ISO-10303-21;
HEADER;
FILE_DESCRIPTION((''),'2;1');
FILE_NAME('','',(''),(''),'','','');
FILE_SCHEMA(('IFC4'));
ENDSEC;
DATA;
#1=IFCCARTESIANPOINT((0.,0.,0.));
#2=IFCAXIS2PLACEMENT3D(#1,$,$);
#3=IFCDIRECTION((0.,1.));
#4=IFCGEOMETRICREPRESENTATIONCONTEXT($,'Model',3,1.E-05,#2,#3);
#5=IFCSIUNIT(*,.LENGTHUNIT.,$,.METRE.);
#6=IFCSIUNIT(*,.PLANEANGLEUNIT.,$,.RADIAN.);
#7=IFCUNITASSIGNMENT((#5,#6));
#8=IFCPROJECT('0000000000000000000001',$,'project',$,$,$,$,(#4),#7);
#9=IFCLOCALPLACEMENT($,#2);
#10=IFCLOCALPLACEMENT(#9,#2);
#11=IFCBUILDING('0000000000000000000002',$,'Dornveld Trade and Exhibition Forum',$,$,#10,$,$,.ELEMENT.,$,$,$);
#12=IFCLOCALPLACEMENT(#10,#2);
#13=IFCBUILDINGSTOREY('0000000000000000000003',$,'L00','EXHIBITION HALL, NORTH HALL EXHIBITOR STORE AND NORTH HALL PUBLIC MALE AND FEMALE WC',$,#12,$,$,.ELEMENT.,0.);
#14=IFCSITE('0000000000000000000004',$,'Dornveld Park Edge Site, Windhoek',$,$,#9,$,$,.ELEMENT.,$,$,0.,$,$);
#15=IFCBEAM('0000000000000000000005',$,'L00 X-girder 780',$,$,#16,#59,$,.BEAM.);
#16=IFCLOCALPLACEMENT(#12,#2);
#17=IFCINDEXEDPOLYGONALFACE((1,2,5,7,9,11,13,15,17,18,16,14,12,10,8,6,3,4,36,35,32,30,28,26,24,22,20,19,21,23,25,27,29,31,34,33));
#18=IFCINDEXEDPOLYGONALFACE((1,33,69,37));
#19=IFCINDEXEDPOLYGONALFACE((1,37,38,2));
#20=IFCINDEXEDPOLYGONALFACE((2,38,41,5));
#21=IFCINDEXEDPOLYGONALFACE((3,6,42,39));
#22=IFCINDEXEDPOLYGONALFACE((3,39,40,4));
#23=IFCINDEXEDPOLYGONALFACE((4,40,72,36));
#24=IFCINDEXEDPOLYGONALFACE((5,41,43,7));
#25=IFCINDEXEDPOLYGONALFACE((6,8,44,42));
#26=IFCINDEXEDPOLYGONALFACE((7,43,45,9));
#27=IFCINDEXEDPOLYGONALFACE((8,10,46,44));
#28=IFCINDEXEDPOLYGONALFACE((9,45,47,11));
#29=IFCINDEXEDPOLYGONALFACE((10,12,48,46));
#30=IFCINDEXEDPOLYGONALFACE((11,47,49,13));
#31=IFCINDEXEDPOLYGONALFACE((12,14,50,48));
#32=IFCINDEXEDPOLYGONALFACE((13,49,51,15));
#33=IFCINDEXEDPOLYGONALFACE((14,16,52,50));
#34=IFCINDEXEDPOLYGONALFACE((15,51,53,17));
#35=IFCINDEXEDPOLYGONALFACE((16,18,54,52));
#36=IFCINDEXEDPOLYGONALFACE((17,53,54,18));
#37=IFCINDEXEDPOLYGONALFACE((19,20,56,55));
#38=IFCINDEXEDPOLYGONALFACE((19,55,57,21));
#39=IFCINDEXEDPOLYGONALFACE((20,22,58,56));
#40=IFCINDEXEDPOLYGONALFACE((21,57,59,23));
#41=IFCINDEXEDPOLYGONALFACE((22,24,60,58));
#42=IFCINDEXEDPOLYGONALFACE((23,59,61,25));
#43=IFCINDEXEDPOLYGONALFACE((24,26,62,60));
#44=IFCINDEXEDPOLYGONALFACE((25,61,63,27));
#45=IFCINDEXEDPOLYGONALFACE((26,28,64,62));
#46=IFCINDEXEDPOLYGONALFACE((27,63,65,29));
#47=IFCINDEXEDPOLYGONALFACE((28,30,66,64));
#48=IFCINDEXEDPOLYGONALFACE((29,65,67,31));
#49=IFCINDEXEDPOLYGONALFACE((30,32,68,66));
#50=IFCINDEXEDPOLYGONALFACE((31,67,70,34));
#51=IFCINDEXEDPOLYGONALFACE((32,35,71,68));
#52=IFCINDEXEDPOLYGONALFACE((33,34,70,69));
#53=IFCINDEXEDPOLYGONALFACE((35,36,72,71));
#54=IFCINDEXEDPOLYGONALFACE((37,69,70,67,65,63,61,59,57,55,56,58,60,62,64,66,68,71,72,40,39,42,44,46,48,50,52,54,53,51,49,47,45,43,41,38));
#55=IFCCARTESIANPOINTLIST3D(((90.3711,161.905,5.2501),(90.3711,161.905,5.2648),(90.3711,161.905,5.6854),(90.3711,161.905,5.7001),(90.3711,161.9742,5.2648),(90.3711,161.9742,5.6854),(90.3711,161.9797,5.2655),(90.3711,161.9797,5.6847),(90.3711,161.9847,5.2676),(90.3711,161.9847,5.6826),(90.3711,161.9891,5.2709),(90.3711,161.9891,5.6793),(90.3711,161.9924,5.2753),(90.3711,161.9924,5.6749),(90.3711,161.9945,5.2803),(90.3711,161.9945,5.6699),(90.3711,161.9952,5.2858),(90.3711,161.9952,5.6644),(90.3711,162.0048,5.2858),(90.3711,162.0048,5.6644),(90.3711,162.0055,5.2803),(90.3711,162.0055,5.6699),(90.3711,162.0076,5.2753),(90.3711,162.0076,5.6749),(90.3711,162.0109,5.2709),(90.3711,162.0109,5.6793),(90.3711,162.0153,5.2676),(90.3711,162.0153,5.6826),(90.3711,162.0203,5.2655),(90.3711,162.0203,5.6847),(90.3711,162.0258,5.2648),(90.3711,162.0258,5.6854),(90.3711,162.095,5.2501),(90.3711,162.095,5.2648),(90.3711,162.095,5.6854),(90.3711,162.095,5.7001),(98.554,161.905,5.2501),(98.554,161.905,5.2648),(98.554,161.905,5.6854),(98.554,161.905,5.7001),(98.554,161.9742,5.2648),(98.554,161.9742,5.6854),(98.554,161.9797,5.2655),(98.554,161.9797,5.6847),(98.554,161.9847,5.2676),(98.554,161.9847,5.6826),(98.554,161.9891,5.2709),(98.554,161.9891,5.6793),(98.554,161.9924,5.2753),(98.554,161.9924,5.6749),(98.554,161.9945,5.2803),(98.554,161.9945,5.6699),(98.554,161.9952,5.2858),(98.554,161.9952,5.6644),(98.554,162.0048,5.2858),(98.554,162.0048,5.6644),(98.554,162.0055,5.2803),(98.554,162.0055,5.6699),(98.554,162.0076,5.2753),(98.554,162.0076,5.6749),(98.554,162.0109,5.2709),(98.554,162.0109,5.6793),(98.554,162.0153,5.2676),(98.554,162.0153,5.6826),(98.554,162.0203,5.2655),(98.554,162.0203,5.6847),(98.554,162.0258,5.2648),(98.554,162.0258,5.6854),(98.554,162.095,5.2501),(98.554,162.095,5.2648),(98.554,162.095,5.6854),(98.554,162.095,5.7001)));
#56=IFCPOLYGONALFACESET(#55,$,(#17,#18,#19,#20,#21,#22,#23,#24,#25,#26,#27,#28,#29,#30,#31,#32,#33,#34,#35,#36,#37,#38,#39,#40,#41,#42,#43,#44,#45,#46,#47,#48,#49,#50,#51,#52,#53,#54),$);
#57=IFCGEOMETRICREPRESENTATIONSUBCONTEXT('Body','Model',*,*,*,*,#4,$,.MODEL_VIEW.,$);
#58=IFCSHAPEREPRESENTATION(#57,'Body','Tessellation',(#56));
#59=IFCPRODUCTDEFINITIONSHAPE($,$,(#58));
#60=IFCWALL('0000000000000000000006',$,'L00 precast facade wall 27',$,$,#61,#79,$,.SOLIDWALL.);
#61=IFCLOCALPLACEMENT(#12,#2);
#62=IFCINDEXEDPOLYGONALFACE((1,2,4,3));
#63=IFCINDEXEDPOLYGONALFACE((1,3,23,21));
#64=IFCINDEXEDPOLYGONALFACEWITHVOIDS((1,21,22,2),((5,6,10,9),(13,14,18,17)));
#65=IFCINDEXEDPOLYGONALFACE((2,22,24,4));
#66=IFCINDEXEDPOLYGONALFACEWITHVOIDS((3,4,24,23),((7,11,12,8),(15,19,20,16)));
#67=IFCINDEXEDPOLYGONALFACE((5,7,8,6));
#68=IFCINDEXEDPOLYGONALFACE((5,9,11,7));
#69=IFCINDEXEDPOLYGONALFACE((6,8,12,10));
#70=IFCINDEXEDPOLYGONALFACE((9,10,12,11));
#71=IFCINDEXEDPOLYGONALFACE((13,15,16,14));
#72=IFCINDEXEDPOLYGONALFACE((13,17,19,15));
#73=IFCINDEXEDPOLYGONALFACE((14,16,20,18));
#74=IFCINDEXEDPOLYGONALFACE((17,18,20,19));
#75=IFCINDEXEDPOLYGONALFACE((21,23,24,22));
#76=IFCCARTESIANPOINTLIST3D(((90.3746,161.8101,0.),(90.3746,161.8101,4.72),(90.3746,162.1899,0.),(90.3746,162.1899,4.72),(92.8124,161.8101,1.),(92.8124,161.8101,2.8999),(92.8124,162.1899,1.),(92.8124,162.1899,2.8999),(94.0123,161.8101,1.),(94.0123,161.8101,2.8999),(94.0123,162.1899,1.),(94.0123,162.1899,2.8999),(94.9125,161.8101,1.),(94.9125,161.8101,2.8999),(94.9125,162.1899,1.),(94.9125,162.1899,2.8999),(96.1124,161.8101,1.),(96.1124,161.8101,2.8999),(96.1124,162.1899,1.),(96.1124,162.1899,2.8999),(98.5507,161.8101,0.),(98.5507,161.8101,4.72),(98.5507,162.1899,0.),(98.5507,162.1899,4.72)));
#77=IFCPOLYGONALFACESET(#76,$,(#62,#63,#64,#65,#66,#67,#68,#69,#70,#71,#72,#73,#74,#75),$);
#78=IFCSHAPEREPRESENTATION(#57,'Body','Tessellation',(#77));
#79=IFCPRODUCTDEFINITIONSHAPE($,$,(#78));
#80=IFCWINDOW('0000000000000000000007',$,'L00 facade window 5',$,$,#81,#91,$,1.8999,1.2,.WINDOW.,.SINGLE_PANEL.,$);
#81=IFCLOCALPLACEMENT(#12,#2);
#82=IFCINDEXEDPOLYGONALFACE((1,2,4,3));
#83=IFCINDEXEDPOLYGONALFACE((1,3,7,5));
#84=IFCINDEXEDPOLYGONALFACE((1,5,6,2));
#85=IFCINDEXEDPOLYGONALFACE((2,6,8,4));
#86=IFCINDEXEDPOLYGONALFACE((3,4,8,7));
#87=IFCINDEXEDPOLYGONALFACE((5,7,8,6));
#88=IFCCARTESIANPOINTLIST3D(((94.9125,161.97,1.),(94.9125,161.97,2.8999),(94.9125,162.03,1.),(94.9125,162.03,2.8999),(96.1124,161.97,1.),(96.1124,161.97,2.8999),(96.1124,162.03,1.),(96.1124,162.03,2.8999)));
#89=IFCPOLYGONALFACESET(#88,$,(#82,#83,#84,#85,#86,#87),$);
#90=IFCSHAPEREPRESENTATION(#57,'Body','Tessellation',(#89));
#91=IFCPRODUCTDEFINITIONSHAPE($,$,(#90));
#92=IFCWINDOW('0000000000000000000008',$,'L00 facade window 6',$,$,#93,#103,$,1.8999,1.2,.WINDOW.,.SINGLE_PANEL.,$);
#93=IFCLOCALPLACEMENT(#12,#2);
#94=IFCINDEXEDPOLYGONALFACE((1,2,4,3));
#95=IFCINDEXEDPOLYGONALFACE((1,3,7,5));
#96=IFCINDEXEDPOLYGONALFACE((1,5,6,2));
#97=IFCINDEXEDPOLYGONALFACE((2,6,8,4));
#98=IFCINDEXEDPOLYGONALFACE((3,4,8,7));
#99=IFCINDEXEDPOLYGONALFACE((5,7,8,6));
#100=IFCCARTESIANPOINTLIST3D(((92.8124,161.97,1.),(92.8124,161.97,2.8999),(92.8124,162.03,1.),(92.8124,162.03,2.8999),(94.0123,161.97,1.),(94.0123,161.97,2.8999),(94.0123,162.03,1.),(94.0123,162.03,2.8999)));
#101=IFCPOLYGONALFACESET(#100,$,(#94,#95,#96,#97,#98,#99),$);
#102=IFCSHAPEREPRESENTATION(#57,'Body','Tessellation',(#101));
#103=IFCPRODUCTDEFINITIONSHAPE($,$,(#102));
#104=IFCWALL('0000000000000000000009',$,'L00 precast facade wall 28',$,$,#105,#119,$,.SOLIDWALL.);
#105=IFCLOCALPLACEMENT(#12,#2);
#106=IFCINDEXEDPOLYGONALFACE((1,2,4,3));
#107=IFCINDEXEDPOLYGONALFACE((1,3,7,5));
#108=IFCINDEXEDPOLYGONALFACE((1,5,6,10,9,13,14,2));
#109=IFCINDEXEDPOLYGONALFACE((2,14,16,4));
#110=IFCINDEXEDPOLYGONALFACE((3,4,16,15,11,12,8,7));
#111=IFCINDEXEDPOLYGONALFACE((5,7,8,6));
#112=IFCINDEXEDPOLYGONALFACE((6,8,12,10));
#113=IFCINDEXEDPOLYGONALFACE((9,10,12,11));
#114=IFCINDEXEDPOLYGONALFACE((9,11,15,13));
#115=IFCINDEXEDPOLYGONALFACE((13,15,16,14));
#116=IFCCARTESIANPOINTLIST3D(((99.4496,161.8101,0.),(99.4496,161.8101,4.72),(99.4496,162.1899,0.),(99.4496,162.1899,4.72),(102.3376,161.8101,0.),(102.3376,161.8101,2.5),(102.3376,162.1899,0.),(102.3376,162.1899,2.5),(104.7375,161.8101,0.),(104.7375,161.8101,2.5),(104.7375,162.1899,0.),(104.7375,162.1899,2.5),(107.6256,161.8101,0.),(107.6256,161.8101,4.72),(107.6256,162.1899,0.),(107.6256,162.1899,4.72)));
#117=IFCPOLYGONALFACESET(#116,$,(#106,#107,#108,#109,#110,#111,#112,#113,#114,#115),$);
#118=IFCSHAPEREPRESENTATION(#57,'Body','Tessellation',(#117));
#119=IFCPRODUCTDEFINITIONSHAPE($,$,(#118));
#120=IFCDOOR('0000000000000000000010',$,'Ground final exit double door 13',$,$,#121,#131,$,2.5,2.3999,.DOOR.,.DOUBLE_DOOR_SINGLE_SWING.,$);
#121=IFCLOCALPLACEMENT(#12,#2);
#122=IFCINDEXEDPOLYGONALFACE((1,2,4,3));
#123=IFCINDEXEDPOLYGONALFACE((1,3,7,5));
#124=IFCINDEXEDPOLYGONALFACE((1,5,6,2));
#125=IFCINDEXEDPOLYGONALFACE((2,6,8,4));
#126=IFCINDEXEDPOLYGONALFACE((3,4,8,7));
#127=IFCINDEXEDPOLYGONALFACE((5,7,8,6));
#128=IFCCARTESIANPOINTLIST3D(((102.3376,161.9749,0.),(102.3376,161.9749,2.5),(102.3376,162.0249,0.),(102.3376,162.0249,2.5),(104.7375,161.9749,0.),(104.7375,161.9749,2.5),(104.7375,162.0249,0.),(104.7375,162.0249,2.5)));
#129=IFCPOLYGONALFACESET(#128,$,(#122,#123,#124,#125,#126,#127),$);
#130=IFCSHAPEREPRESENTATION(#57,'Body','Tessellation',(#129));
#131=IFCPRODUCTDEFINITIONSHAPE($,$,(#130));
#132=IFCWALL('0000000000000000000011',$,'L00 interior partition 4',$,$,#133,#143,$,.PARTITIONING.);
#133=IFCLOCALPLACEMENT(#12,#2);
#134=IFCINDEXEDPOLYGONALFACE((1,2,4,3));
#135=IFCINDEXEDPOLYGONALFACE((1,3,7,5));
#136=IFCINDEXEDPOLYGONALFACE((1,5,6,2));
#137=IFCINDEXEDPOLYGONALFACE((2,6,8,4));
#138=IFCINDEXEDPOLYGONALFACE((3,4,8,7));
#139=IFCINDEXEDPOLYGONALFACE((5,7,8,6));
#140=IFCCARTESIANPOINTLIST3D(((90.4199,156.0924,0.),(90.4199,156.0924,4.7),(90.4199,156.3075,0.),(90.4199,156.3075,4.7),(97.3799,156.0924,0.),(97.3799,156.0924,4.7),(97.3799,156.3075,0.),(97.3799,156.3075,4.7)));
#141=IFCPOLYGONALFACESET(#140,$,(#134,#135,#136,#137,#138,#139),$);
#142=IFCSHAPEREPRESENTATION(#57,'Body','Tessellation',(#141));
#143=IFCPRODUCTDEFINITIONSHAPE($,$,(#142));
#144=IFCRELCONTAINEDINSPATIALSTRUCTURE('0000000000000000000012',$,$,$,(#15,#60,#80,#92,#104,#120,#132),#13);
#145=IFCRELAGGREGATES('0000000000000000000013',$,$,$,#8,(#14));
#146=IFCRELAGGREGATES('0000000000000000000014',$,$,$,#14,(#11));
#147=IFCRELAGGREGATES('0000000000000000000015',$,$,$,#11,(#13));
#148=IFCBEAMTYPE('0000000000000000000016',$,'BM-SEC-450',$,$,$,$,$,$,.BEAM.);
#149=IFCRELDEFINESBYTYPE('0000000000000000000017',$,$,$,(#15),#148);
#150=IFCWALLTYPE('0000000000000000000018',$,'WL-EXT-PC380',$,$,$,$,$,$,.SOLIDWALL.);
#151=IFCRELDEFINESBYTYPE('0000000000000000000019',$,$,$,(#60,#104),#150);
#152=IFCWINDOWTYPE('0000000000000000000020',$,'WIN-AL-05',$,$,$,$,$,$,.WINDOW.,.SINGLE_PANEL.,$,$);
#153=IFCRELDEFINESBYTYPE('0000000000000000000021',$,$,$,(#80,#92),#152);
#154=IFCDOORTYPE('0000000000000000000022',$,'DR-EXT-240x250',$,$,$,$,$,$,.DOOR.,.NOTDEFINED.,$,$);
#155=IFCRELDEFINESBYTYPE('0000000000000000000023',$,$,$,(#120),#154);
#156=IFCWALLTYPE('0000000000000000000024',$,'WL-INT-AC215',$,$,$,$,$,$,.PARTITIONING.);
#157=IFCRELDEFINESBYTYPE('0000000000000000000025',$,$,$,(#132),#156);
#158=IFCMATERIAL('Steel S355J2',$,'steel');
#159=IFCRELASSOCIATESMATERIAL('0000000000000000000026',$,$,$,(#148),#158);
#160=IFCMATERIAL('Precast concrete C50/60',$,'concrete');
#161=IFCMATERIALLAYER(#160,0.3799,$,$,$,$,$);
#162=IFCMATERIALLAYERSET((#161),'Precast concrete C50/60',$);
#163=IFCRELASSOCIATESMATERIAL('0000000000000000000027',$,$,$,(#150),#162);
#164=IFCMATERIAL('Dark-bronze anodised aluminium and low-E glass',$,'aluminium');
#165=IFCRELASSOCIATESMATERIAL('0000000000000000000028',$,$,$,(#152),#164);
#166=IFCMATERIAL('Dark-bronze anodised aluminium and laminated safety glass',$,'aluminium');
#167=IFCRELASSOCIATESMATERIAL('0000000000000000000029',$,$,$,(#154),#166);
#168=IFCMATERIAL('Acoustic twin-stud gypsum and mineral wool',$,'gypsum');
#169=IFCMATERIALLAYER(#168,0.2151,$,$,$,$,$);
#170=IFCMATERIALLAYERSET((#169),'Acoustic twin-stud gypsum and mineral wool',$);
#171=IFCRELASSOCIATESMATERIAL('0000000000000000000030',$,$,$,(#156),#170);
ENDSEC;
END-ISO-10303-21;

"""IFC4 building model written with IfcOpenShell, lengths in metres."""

from ifc_helpers import new_model, si_unit, direction, frame, frame_2d, origin, origin_2d, place, context, subcontext, project, spatial, rectangle, i_section, extrude, material, layer, layer_set, material_profile, profile_set, type_object, element, fill, save


model = new_model("IFC4")

# Units and contexts
model_context = context("Model", 3, precision=1e-05, world=origin(), true_north=direction((0.0, 1.0)))
body_context = subcontext(model_context, "Body", "Model", "MODEL_VIEW")
ifc_project = project(units=[si_unit("LENGTHUNIT", "METRE"), si_unit("PLANEANGLEUNIT", "RADIAN")], contexts=[model_context])

# Site, building, storey
site_placement = place(None, origin())
site = spatial("IfcSite", under=ifc_project, at=site_placement, Name="Dornveld Park Edge Site, Windhoek", CompositionType="ELEMENT", RefElevation=0.0)
building_placement = place(site_placement, origin())
building = spatial("IfcBuilding", under=site, at=building_placement, Name="Dornveld Trade and Exhibition Forum", CompositionType="ELEMENT")
storey_placement = place(building_placement, origin())
storey = spatial("IfcBuildingStorey", under=building, at=storey_placement, Name="L00", Description="EXHIBITION HALL, NORTH HALL EXHIBITOR STORE AND NORTH HALL PUBLIC MALE AND FEMALE WC", CompositionType="ELEMENT", Elevation=0.0)

# Beam
ifc_material_1 = material(Name="Steel S355J2", Category="steel")
ifc_material_profile_1 = material_profile(ifc_material_1, i_section(OverallWidth=0.1899, OverallDepth=0.45, WebThickness=0.0095, FlangeThickness=0.0146, FilletRadius=0.021, at=origin_2d()), Name="IPE 450")
ifc_profile_set_1 = profile_set([ifc_material_profile_1], Name="Steel S355J2")
beam_type_1 = type_object("IfcBeamType", Name="BM-SEC-450", PredefinedType="BEAM", material=ifc_profile_set_1)
beam_1_placement = place(storey_placement, frame((90.3711, 162.0, 5.4751), z_axis=(1.0, 0.0, 0.0), x_axis=(0.0, 1.0, 0.0)))
element("IfcBeam", 1, at=beam_1_placement, inside=storey, type_object=beam_type_1, Name="L00 X-girder 780", PredefinedType="BEAM", context=body_context, shape_type="SweptSolid", body=[
    extrude(i_section(OverallWidth=0.1899, OverallDepth=0.45, WebThickness=0.0095, FlangeThickness=0.0146, FilletRadius=0.021, at=origin_2d()), origin(), (0.0, 0.0, 1.0), 8.1829),
])

# Wall, openings, windows
ifc_material_2 = material(Name="Precast concrete C50/60", Category="concrete")
ifc_layer_1 = layer(ifc_material_2, 0.3799)
ifc_layer_set_1 = layer_set([ifc_layer_1], Name="Precast concrete C50/60")
wall_type_1 = type_object("IfcWallType", Name="WL-EXT-PC380", PredefinedType="SOLIDWALL", material=ifc_layer_set_1)
wall_1_placement = place(storey_placement, frame((98.5505, 162.0, 0.0), z_axis=(0.0, 0.0, 1.0), x_axis=(-1.0, 0.0, 0.0)))
wall_1 = element("IfcWall", 2, at=wall_1_placement, inside=storey, type_object=wall_type_1, Name="L00 precast facade wall 27", PredefinedType="SOLIDWALL", context=body_context, shape_type="SweptSolid", body=[
    extrude(rectangle(XDim=8.176, YDim=0.3799, at=frame_2d((4.0879, 0.0))), origin(), (0.0, 0.0, 1.0), 4.72),
])
opening_1_placement = place(wall_1_placement, frame((2.438, 0.0, 1.0)))
opening_1 = element("IfcOpeningElement", 3, at=opening_1_placement, cuts=wall_1, PredefinedType="OPENING", context=body_context, shape_type="SweptSolid", body=[
    extrude(rectangle(XDim=1.2, YDim=1.8999, at=frame_2d((0.6001, 0.95))), frame((0.0, 0.2, 0.0), z_axis=(0.0, -1.0, 0.0), x_axis=(1.0, 0.0, 0.0)), (0.0, 0.0, 1.0), 0.3999),
])
opening_2_placement = place(wall_1_placement, frame((4.5381, 0.0, 1.0)))
opening_2 = element("IfcOpeningElement", 4, at=opening_2_placement, cuts=wall_1, PredefinedType="OPENING", context=body_context, shape_type="SweptSolid", body=[
    extrude(rectangle(XDim=1.2, YDim=1.8999, at=frame_2d((0.6001, 0.95))), frame((0.0, 0.2, 0.0), z_axis=(0.0, -1.0, 0.0), x_axis=(1.0, 0.0, 0.0)), (0.0, 0.0, 1.0), 0.3999),
])
ifc_material_3 = material(Name="Dark-bronze anodised aluminium and low-E glass", Category="aluminium")
window_type = type_object("IfcWindowType", Name="WIN-AL-05", PartitioningType="SINGLE_PANEL", PredefinedType="WINDOW", material=ifc_material_3)
window_1_placement = place(opening_1_placement, origin())
window_1 = element("IfcWindow", 5, at=window_1_placement, inside=storey, type_object=window_type, Name="L00 facade window 5", OverallHeight=1.8999, OverallWidth=1.2, PartitioningType="SINGLE_PANEL", PredefinedType="WINDOW", context=body_context, shape_type="SweptSolid", body=[
    extrude(rectangle(XDim=1.2, YDim=1.8999, at=frame_2d((0.6001, 0.95))), frame((0.0, 0.03, 0.0), z_axis=(0.0, -1.0, 0.0), x_axis=(1.0, 0.0, 0.0)), (0.0, 0.0, 1.0), 0.0601),
])
fill(opening_1, window_1)
window_2_placement = place(opening_2_placement, origin())
window_2 = element("IfcWindow", 6, at=window_2_placement, inside=storey, type_object=window_type, Name="L00 facade window 6", OverallHeight=1.8999, OverallWidth=1.2, PartitioningType="SINGLE_PANEL", PredefinedType="WINDOW", context=body_context, shape_type="SweptSolid", body=[
    extrude(rectangle(XDim=1.2, YDim=1.8999, at=frame_2d((0.6001, 0.95))), frame((0.0, 0.03, 0.0), z_axis=(0.0, -1.0, 0.0), x_axis=(1.0, 0.0, 0.0)), (0.0, 0.0, 1.0), 0.0601),
])
fill(opening_2, window_2)

# Wall, opening, door
wall_2_placement = place(storey_placement, frame((107.6255, 162.0, 0.0), z_axis=(0.0, 0.0, 1.0), x_axis=(-1.0, 0.0, 0.0)))
wall_2 = element("IfcWall", 7, at=wall_2_placement, inside=storey, type_object=wall_type_1, Name="L00 precast facade wall 28", PredefinedType="SOLIDWALL", context=body_context, shape_type="SweptSolid", body=[
    extrude(rectangle(XDim=8.176, YDim=0.3799, at=frame_2d((4.0879, 0.0))), origin(), (0.0, 0.0, 1.0), 4.72),
])
opening_3_placement = place(wall_2_placement, frame((2.8879, 0.0, 0.0)))
opening_3 = element("IfcOpeningElement", 8, at=opening_3_placement, cuts=wall_2, PredefinedType="OPENING", context=body_context, shape_type="SweptSolid", body=[
    extrude(rectangle(XDim=2.3999, YDim=2.5, at=frame_2d((1.2, 1.25))), frame((0.0, 0.2, 0.0), z_axis=(0.0, -1.0, 0.0), x_axis=(1.0, 0.0, 0.0)), (0.0, 0.0, 1.0), 0.3999),
])
ifc_material_4 = material(Name="Dark-bronze anodised aluminium and laminated safety glass", Category="aluminium")
door_type_1 = type_object("IfcDoorType", Name="DR-EXT-240x250", OperationType="NOTDEFINED", PredefinedType="DOOR", material=ifc_material_4)
door_1_placement = place(opening_3_placement, frame((2.3999, 0.0, 0.0), z_axis=(0.0, 0.0, 1.0), x_axis=(-1.0, 0.0, 0.0)))
door_1 = element("IfcDoor", 9, at=door_1_placement, inside=storey, type_object=door_type_1, Name="Ground final exit double door 13", OperationType="DOUBLE_DOOR_SINGLE_SWING", OverallHeight=2.5, OverallWidth=2.3999, PredefinedType="DOOR", context=body_context, shape_type="SweptSolid", body=[
    extrude(rectangle(XDim=2.3999, YDim=2.5, at=frame_2d((1.2, 1.25))), frame((0.0, 0.0249, 0.0), z_axis=(0.0, -1.0, 0.0), x_axis=(1.0, 0.0, 0.0)), (0.0, 0.0, 1.0), 0.05),
])
fill(opening_3, door_1)

# Wall
ifc_material_5 = material(Name="Acoustic twin-stud gypsum and mineral wool", Category="gypsum")
ifc_layer_2 = layer(ifc_material_5, 0.2151)
ifc_layer_set_2 = layer_set([ifc_layer_2], Name="Acoustic twin-stud gypsum and mineral wool")
wall_type_2 = type_object("IfcWallType", Name="WL-INT-AC215", PredefinedType="PARTITIONING", material=ifc_layer_set_2)
wall_3_placement = place(storey_placement, frame((90.4199, 156.2, 0.0), z_axis=(0.0, 0.0, 1.0), x_axis=(1.0, 0.0, 0.0)))
element("IfcWall", 10, at=wall_3_placement, inside=storey, type_object=wall_type_2, Name="L00 interior partition 4", PredefinedType="PARTITIONING", context=body_context, shape_type="SweptSolid", body=[
    extrude(rectangle(XDim=6.96, YDim=0.2151, at=frame_2d((3.48, 0.0))), origin(), (0.0, 0.0, 1.0), 4.7),
])

save(model, "model.ifc")
